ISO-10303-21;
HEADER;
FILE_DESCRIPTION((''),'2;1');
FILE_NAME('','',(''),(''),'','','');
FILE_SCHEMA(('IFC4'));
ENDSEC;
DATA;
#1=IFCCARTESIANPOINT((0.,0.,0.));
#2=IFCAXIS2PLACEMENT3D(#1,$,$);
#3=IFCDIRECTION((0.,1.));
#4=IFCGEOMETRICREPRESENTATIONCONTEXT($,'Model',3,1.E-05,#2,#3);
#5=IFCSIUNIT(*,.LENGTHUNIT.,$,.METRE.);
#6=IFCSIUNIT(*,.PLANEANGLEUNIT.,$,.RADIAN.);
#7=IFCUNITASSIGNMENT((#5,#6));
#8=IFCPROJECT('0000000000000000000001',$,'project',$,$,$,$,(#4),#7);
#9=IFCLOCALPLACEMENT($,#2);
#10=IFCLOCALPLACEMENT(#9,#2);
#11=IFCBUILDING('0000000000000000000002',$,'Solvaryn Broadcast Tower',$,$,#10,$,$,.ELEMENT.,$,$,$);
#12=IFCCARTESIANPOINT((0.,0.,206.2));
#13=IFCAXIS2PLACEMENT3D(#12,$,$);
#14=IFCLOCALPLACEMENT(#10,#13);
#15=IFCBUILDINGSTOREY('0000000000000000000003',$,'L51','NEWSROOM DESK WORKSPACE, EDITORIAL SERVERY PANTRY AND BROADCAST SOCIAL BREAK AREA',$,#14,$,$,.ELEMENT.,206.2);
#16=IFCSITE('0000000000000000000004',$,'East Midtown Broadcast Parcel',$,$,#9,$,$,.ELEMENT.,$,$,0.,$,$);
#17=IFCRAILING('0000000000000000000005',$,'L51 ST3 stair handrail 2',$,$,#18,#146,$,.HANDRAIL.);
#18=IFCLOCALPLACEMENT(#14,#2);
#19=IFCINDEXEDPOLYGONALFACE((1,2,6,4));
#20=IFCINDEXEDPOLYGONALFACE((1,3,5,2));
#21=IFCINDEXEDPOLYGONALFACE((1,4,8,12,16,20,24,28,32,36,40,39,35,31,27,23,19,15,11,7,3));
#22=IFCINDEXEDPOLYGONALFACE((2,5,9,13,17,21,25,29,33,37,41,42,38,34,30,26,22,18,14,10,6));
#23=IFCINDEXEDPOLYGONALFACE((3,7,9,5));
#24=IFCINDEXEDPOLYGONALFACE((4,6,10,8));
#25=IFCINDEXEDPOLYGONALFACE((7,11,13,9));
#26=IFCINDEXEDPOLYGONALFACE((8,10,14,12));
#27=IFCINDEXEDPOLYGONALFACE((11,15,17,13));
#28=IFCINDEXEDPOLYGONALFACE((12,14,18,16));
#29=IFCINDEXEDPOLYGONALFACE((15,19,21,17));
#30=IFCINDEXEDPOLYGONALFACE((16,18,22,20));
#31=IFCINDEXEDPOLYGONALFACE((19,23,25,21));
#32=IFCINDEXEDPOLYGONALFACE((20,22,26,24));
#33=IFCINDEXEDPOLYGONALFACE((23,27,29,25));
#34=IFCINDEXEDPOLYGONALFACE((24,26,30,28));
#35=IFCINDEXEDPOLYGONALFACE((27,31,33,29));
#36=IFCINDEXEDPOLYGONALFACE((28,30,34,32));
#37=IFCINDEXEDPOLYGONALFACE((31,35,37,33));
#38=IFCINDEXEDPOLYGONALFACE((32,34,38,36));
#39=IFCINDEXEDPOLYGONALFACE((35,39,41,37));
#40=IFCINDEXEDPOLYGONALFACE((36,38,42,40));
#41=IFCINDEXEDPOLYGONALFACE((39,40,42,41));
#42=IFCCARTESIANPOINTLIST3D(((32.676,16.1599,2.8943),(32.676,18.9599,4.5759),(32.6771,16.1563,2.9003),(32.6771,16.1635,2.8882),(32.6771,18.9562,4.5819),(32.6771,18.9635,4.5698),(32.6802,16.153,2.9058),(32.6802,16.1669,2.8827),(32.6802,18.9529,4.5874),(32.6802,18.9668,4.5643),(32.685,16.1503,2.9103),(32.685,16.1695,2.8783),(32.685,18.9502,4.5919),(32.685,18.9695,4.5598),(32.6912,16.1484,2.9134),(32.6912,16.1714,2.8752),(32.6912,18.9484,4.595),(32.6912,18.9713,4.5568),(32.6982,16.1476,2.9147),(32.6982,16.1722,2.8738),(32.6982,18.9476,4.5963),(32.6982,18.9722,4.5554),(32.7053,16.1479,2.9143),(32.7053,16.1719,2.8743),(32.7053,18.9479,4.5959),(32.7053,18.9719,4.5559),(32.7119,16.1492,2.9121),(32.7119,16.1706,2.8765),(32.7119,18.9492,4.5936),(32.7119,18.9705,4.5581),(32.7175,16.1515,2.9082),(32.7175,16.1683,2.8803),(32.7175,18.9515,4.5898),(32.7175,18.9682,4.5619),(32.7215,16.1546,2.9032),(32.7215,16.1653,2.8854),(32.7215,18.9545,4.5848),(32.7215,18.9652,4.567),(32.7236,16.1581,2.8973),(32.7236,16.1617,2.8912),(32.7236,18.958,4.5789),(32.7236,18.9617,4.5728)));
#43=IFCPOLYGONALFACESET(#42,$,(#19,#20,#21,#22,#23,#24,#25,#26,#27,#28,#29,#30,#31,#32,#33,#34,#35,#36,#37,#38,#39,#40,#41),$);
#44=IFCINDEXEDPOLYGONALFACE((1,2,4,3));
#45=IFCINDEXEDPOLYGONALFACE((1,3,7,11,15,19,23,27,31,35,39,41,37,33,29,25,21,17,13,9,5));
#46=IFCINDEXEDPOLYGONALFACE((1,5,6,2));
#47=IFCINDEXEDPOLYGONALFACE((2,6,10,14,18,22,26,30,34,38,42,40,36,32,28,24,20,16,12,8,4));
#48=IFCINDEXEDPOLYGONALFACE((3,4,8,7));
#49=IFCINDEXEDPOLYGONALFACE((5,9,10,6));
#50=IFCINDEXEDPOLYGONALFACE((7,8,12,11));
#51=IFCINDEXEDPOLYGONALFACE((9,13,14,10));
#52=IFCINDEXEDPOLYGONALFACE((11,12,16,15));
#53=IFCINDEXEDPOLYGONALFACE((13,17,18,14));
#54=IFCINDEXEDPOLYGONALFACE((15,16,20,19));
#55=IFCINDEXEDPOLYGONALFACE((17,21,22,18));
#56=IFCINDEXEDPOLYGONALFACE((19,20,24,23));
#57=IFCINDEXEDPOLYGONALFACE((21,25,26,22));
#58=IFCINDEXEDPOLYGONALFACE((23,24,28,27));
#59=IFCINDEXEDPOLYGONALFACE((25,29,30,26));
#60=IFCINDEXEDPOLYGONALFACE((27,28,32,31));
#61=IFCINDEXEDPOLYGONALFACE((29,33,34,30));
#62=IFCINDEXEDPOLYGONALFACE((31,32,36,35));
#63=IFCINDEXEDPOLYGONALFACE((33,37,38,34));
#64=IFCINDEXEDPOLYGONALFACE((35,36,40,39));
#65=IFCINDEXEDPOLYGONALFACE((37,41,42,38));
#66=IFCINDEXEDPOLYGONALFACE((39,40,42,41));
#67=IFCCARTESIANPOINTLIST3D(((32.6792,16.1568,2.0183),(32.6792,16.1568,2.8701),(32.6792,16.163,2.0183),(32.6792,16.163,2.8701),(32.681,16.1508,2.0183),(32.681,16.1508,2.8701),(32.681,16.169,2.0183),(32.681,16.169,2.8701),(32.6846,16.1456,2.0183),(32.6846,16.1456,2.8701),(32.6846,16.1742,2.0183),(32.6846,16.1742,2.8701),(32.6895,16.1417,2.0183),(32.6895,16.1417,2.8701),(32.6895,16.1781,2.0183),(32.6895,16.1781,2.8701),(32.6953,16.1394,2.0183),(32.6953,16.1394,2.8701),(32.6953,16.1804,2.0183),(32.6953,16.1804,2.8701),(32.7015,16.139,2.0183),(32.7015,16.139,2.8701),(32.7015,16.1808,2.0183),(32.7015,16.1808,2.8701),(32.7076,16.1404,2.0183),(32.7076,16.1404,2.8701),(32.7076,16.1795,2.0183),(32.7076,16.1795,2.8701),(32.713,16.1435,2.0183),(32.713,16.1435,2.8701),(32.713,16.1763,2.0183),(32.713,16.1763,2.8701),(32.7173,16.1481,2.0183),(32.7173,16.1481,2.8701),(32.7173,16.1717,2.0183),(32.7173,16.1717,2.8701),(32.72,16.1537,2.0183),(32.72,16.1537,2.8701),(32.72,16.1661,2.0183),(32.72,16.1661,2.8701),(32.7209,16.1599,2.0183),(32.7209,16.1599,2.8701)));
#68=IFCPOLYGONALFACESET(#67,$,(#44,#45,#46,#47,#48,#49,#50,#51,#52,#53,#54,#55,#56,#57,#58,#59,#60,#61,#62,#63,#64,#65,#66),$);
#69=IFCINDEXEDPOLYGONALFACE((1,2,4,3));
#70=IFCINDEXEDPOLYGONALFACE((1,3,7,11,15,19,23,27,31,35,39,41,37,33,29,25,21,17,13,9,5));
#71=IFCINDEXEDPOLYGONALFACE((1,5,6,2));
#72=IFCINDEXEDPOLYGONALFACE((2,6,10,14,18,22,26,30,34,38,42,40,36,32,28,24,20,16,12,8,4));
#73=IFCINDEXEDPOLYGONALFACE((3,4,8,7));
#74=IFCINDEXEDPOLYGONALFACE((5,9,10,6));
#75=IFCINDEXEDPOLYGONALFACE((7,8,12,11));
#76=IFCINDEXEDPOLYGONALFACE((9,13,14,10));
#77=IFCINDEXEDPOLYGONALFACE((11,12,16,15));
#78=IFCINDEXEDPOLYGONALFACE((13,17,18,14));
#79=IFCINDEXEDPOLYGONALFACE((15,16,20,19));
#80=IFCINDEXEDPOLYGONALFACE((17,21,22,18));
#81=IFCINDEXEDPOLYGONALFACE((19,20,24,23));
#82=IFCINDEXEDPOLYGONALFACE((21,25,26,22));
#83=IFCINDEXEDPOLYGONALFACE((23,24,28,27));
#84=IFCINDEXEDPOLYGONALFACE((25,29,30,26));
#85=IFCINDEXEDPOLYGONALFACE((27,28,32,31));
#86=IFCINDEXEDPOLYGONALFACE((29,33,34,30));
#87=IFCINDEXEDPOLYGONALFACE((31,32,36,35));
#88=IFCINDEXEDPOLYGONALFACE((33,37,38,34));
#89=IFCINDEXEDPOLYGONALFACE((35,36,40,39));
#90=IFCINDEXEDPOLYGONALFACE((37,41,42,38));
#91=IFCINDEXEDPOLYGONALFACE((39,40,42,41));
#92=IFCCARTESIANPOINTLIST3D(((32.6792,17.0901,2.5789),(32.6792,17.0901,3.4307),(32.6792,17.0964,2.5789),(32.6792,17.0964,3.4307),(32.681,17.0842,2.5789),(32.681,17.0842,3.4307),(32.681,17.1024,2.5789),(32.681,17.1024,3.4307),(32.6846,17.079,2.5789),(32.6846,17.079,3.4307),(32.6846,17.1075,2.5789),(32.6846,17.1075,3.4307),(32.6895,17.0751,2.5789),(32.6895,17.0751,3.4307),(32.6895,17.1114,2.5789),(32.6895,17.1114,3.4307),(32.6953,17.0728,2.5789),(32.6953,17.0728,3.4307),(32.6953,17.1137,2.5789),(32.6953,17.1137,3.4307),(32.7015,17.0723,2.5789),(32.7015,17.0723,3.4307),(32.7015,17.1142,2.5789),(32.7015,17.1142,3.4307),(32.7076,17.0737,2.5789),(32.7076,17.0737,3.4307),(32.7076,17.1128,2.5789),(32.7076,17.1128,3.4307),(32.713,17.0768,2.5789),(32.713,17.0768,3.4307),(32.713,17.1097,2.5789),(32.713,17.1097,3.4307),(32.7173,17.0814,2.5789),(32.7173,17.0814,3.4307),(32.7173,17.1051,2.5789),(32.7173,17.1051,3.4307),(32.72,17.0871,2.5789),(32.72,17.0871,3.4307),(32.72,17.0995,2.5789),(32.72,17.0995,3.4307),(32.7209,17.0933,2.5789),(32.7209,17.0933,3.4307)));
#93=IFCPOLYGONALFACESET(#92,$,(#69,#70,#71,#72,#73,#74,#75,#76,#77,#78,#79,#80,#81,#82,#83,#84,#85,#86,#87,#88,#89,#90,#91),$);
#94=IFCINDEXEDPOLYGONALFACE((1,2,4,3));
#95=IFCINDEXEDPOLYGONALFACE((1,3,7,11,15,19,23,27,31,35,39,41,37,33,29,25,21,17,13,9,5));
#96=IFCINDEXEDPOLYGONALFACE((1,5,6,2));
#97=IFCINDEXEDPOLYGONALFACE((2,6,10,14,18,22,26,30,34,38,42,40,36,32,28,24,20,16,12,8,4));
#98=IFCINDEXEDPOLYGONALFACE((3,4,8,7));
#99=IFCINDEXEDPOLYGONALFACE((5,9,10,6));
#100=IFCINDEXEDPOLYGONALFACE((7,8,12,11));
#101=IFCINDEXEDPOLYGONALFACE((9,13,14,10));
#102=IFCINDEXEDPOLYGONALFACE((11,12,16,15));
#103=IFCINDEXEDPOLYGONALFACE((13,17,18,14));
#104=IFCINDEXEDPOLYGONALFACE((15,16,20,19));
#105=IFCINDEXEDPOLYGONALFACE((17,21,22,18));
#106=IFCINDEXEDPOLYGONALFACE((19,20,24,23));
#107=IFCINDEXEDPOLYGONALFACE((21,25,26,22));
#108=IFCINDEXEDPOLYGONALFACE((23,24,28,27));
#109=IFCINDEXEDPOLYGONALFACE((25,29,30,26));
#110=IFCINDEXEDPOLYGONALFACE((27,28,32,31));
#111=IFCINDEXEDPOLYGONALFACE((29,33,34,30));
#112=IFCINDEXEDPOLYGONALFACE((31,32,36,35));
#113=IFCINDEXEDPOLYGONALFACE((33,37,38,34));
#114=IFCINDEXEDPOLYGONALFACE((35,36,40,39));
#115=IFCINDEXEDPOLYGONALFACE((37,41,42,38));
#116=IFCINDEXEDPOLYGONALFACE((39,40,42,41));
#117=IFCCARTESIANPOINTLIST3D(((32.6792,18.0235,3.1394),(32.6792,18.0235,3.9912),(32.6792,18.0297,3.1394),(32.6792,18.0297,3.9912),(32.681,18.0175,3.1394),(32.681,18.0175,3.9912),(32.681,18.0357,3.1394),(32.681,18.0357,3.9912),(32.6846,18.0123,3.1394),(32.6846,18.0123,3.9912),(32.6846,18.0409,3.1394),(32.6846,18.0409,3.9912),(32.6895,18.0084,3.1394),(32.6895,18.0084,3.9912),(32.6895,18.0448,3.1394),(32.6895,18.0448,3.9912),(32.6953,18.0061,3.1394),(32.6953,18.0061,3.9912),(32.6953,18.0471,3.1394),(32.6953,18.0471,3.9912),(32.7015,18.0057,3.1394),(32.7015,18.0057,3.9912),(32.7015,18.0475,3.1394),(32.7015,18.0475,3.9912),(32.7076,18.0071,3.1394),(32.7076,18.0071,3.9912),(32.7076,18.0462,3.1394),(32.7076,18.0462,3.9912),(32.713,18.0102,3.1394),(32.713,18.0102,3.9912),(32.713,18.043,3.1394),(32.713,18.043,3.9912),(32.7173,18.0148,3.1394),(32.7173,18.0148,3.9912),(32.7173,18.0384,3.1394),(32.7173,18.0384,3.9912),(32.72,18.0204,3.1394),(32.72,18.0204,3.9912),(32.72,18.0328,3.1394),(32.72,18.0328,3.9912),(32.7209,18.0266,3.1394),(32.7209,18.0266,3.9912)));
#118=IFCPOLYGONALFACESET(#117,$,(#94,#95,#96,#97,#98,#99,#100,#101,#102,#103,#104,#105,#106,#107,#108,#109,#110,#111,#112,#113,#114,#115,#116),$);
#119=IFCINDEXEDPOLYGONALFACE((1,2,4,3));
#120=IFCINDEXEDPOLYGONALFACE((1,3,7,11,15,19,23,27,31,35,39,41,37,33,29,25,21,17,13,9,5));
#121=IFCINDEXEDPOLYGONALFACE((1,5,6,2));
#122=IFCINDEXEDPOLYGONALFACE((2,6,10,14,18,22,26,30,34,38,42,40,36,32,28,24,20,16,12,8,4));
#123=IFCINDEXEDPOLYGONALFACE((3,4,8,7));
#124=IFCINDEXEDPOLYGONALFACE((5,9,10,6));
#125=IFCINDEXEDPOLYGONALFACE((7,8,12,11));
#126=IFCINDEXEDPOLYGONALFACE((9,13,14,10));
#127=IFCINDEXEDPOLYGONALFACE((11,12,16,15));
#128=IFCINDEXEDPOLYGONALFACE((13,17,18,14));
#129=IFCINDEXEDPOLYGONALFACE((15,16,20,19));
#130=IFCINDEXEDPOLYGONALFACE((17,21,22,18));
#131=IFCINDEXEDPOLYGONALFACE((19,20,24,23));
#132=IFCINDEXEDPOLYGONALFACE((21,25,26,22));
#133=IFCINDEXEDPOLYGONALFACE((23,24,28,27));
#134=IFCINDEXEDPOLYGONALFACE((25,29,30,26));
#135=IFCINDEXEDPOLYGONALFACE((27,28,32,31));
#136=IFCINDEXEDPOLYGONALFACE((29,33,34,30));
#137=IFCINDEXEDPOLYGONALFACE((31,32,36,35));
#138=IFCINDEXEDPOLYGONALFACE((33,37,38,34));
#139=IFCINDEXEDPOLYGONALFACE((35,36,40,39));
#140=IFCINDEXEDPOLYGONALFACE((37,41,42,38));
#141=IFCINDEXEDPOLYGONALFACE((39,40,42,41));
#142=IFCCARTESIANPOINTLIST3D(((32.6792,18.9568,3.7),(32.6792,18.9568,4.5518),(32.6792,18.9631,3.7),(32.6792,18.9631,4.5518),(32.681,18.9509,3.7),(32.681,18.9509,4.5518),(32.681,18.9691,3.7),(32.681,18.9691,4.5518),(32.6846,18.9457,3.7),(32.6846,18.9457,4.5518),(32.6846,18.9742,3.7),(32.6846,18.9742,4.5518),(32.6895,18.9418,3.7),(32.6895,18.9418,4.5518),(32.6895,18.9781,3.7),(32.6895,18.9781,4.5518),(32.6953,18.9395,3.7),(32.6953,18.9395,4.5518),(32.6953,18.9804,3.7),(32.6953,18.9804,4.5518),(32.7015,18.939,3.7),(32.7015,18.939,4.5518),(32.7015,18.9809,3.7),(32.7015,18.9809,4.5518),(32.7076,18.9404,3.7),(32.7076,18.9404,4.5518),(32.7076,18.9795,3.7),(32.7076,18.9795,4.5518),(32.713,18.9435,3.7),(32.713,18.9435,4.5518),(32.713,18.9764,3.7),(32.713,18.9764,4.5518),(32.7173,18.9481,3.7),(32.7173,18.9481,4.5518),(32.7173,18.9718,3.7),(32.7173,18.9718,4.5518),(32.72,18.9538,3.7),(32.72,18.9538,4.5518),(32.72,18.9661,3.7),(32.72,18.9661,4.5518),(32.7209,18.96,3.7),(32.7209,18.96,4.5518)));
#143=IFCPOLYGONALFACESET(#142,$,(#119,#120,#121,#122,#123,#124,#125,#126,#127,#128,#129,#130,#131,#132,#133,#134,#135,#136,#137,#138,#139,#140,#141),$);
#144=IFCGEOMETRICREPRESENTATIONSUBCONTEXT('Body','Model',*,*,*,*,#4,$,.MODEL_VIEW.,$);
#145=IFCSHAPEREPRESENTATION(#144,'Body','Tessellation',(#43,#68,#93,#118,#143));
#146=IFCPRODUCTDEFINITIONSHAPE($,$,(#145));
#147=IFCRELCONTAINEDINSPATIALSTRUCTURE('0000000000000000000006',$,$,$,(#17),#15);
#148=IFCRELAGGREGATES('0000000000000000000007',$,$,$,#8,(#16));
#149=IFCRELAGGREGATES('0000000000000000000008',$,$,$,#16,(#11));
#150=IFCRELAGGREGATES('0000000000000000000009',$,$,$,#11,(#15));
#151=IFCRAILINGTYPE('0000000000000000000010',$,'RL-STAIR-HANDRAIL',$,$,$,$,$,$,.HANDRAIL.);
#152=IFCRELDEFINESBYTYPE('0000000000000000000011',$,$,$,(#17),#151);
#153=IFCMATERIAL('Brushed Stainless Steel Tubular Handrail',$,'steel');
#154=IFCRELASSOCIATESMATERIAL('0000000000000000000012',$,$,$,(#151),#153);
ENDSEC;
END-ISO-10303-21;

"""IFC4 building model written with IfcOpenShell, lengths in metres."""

from ifc_helpers import new_model, si_unit, direction, frame, origin, origin_2d, place, context, subcontext, project, spatial, circle, extrude, material, type_object, element, save


model = new_model("IFC4")

# Units and contexts
model_context = context("Model", 3, precision=1e-05, world=origin(), true_north=direction((0.0, 1.0)))
body_context = subcontext(model_context, "Body", "Model", "MODEL_VIEW")
ifc_project = project(units=[si_unit("LENGTHUNIT", "METRE"), si_unit("PLANEANGLEUNIT", "RADIAN")], contexts=[model_context])

# Site, building, storey
site_placement = place(None, origin())
site = spatial("IfcSite", under=ifc_project, at=site_placement, Name="East Midtown Broadcast Parcel", CompositionType="ELEMENT", RefElevation=0.0)
building_placement = place(site_placement, origin())
building = spatial("IfcBuilding", under=site, at=building_placement, Name="Solvaryn Broadcast Tower", CompositionType="ELEMENT")
storey_placement = place(building_placement, frame((0.0, 0.0, 206.2)))
storey = spatial("IfcBuildingStorey", under=building, at=storey_placement, Name="L51", Description="NEWSROOM DESK WORKSPACE, EDITORIAL SERVERY PANTRY AND BROADCAST SOCIAL BREAK AREA", CompositionType="ELEMENT", Elevation=206.2)

# Railing
ifc_material_1 = material(Name="Brushed Stainless Steel Tubular Handrail", Category="steel")
railing_type_1 = type_object("IfcRailingType", Name="RL-STAIR-HANDRAIL", PredefinedType="HANDRAIL", material=ifc_material_1)
railing_1_placement = place(storey_placement, frame((32.7, 16.1599, 2.0183)))
element("IfcRailing", 1, at=railing_1_placement, inside=storey, type_object=railing_type_1, Name="L51 ST3 stair handrail 2", PredefinedType="HANDRAIL", context=body_context, shape_type="SweptSolid", body=[
    extrude(circle(Radius=0.0239, at=origin_2d()), frame((0.0, 0.0, 0.876), z_axis=(0.0, 0.857275, 0.514858), x_axis=(-1.0, 0.0, 0.0)), (0.0, 0.0, 1.0), 3.2661),
    extrude(circle(Radius=0.021, at=origin_2d()), origin(), (0.0, 0.0, 1.0), 0.8518),
    extrude(circle(Radius=0.021, at=origin_2d()), frame((0.0, 0.9333, 0.5605)), (0.0, 0.0, 1.0), 0.8518),
    extrude(circle(Radius=0.021, at=origin_2d()), frame((0.0, 1.8667, 1.1211)), (0.0, 0.0, 1.0), 0.8518),
    extrude(circle(Radius=0.021, at=origin_2d()), frame((0.0, 2.8, 1.6816)), (0.0, 0.0, 1.0), 0.8518),
])

save(model, "model.ifc")
